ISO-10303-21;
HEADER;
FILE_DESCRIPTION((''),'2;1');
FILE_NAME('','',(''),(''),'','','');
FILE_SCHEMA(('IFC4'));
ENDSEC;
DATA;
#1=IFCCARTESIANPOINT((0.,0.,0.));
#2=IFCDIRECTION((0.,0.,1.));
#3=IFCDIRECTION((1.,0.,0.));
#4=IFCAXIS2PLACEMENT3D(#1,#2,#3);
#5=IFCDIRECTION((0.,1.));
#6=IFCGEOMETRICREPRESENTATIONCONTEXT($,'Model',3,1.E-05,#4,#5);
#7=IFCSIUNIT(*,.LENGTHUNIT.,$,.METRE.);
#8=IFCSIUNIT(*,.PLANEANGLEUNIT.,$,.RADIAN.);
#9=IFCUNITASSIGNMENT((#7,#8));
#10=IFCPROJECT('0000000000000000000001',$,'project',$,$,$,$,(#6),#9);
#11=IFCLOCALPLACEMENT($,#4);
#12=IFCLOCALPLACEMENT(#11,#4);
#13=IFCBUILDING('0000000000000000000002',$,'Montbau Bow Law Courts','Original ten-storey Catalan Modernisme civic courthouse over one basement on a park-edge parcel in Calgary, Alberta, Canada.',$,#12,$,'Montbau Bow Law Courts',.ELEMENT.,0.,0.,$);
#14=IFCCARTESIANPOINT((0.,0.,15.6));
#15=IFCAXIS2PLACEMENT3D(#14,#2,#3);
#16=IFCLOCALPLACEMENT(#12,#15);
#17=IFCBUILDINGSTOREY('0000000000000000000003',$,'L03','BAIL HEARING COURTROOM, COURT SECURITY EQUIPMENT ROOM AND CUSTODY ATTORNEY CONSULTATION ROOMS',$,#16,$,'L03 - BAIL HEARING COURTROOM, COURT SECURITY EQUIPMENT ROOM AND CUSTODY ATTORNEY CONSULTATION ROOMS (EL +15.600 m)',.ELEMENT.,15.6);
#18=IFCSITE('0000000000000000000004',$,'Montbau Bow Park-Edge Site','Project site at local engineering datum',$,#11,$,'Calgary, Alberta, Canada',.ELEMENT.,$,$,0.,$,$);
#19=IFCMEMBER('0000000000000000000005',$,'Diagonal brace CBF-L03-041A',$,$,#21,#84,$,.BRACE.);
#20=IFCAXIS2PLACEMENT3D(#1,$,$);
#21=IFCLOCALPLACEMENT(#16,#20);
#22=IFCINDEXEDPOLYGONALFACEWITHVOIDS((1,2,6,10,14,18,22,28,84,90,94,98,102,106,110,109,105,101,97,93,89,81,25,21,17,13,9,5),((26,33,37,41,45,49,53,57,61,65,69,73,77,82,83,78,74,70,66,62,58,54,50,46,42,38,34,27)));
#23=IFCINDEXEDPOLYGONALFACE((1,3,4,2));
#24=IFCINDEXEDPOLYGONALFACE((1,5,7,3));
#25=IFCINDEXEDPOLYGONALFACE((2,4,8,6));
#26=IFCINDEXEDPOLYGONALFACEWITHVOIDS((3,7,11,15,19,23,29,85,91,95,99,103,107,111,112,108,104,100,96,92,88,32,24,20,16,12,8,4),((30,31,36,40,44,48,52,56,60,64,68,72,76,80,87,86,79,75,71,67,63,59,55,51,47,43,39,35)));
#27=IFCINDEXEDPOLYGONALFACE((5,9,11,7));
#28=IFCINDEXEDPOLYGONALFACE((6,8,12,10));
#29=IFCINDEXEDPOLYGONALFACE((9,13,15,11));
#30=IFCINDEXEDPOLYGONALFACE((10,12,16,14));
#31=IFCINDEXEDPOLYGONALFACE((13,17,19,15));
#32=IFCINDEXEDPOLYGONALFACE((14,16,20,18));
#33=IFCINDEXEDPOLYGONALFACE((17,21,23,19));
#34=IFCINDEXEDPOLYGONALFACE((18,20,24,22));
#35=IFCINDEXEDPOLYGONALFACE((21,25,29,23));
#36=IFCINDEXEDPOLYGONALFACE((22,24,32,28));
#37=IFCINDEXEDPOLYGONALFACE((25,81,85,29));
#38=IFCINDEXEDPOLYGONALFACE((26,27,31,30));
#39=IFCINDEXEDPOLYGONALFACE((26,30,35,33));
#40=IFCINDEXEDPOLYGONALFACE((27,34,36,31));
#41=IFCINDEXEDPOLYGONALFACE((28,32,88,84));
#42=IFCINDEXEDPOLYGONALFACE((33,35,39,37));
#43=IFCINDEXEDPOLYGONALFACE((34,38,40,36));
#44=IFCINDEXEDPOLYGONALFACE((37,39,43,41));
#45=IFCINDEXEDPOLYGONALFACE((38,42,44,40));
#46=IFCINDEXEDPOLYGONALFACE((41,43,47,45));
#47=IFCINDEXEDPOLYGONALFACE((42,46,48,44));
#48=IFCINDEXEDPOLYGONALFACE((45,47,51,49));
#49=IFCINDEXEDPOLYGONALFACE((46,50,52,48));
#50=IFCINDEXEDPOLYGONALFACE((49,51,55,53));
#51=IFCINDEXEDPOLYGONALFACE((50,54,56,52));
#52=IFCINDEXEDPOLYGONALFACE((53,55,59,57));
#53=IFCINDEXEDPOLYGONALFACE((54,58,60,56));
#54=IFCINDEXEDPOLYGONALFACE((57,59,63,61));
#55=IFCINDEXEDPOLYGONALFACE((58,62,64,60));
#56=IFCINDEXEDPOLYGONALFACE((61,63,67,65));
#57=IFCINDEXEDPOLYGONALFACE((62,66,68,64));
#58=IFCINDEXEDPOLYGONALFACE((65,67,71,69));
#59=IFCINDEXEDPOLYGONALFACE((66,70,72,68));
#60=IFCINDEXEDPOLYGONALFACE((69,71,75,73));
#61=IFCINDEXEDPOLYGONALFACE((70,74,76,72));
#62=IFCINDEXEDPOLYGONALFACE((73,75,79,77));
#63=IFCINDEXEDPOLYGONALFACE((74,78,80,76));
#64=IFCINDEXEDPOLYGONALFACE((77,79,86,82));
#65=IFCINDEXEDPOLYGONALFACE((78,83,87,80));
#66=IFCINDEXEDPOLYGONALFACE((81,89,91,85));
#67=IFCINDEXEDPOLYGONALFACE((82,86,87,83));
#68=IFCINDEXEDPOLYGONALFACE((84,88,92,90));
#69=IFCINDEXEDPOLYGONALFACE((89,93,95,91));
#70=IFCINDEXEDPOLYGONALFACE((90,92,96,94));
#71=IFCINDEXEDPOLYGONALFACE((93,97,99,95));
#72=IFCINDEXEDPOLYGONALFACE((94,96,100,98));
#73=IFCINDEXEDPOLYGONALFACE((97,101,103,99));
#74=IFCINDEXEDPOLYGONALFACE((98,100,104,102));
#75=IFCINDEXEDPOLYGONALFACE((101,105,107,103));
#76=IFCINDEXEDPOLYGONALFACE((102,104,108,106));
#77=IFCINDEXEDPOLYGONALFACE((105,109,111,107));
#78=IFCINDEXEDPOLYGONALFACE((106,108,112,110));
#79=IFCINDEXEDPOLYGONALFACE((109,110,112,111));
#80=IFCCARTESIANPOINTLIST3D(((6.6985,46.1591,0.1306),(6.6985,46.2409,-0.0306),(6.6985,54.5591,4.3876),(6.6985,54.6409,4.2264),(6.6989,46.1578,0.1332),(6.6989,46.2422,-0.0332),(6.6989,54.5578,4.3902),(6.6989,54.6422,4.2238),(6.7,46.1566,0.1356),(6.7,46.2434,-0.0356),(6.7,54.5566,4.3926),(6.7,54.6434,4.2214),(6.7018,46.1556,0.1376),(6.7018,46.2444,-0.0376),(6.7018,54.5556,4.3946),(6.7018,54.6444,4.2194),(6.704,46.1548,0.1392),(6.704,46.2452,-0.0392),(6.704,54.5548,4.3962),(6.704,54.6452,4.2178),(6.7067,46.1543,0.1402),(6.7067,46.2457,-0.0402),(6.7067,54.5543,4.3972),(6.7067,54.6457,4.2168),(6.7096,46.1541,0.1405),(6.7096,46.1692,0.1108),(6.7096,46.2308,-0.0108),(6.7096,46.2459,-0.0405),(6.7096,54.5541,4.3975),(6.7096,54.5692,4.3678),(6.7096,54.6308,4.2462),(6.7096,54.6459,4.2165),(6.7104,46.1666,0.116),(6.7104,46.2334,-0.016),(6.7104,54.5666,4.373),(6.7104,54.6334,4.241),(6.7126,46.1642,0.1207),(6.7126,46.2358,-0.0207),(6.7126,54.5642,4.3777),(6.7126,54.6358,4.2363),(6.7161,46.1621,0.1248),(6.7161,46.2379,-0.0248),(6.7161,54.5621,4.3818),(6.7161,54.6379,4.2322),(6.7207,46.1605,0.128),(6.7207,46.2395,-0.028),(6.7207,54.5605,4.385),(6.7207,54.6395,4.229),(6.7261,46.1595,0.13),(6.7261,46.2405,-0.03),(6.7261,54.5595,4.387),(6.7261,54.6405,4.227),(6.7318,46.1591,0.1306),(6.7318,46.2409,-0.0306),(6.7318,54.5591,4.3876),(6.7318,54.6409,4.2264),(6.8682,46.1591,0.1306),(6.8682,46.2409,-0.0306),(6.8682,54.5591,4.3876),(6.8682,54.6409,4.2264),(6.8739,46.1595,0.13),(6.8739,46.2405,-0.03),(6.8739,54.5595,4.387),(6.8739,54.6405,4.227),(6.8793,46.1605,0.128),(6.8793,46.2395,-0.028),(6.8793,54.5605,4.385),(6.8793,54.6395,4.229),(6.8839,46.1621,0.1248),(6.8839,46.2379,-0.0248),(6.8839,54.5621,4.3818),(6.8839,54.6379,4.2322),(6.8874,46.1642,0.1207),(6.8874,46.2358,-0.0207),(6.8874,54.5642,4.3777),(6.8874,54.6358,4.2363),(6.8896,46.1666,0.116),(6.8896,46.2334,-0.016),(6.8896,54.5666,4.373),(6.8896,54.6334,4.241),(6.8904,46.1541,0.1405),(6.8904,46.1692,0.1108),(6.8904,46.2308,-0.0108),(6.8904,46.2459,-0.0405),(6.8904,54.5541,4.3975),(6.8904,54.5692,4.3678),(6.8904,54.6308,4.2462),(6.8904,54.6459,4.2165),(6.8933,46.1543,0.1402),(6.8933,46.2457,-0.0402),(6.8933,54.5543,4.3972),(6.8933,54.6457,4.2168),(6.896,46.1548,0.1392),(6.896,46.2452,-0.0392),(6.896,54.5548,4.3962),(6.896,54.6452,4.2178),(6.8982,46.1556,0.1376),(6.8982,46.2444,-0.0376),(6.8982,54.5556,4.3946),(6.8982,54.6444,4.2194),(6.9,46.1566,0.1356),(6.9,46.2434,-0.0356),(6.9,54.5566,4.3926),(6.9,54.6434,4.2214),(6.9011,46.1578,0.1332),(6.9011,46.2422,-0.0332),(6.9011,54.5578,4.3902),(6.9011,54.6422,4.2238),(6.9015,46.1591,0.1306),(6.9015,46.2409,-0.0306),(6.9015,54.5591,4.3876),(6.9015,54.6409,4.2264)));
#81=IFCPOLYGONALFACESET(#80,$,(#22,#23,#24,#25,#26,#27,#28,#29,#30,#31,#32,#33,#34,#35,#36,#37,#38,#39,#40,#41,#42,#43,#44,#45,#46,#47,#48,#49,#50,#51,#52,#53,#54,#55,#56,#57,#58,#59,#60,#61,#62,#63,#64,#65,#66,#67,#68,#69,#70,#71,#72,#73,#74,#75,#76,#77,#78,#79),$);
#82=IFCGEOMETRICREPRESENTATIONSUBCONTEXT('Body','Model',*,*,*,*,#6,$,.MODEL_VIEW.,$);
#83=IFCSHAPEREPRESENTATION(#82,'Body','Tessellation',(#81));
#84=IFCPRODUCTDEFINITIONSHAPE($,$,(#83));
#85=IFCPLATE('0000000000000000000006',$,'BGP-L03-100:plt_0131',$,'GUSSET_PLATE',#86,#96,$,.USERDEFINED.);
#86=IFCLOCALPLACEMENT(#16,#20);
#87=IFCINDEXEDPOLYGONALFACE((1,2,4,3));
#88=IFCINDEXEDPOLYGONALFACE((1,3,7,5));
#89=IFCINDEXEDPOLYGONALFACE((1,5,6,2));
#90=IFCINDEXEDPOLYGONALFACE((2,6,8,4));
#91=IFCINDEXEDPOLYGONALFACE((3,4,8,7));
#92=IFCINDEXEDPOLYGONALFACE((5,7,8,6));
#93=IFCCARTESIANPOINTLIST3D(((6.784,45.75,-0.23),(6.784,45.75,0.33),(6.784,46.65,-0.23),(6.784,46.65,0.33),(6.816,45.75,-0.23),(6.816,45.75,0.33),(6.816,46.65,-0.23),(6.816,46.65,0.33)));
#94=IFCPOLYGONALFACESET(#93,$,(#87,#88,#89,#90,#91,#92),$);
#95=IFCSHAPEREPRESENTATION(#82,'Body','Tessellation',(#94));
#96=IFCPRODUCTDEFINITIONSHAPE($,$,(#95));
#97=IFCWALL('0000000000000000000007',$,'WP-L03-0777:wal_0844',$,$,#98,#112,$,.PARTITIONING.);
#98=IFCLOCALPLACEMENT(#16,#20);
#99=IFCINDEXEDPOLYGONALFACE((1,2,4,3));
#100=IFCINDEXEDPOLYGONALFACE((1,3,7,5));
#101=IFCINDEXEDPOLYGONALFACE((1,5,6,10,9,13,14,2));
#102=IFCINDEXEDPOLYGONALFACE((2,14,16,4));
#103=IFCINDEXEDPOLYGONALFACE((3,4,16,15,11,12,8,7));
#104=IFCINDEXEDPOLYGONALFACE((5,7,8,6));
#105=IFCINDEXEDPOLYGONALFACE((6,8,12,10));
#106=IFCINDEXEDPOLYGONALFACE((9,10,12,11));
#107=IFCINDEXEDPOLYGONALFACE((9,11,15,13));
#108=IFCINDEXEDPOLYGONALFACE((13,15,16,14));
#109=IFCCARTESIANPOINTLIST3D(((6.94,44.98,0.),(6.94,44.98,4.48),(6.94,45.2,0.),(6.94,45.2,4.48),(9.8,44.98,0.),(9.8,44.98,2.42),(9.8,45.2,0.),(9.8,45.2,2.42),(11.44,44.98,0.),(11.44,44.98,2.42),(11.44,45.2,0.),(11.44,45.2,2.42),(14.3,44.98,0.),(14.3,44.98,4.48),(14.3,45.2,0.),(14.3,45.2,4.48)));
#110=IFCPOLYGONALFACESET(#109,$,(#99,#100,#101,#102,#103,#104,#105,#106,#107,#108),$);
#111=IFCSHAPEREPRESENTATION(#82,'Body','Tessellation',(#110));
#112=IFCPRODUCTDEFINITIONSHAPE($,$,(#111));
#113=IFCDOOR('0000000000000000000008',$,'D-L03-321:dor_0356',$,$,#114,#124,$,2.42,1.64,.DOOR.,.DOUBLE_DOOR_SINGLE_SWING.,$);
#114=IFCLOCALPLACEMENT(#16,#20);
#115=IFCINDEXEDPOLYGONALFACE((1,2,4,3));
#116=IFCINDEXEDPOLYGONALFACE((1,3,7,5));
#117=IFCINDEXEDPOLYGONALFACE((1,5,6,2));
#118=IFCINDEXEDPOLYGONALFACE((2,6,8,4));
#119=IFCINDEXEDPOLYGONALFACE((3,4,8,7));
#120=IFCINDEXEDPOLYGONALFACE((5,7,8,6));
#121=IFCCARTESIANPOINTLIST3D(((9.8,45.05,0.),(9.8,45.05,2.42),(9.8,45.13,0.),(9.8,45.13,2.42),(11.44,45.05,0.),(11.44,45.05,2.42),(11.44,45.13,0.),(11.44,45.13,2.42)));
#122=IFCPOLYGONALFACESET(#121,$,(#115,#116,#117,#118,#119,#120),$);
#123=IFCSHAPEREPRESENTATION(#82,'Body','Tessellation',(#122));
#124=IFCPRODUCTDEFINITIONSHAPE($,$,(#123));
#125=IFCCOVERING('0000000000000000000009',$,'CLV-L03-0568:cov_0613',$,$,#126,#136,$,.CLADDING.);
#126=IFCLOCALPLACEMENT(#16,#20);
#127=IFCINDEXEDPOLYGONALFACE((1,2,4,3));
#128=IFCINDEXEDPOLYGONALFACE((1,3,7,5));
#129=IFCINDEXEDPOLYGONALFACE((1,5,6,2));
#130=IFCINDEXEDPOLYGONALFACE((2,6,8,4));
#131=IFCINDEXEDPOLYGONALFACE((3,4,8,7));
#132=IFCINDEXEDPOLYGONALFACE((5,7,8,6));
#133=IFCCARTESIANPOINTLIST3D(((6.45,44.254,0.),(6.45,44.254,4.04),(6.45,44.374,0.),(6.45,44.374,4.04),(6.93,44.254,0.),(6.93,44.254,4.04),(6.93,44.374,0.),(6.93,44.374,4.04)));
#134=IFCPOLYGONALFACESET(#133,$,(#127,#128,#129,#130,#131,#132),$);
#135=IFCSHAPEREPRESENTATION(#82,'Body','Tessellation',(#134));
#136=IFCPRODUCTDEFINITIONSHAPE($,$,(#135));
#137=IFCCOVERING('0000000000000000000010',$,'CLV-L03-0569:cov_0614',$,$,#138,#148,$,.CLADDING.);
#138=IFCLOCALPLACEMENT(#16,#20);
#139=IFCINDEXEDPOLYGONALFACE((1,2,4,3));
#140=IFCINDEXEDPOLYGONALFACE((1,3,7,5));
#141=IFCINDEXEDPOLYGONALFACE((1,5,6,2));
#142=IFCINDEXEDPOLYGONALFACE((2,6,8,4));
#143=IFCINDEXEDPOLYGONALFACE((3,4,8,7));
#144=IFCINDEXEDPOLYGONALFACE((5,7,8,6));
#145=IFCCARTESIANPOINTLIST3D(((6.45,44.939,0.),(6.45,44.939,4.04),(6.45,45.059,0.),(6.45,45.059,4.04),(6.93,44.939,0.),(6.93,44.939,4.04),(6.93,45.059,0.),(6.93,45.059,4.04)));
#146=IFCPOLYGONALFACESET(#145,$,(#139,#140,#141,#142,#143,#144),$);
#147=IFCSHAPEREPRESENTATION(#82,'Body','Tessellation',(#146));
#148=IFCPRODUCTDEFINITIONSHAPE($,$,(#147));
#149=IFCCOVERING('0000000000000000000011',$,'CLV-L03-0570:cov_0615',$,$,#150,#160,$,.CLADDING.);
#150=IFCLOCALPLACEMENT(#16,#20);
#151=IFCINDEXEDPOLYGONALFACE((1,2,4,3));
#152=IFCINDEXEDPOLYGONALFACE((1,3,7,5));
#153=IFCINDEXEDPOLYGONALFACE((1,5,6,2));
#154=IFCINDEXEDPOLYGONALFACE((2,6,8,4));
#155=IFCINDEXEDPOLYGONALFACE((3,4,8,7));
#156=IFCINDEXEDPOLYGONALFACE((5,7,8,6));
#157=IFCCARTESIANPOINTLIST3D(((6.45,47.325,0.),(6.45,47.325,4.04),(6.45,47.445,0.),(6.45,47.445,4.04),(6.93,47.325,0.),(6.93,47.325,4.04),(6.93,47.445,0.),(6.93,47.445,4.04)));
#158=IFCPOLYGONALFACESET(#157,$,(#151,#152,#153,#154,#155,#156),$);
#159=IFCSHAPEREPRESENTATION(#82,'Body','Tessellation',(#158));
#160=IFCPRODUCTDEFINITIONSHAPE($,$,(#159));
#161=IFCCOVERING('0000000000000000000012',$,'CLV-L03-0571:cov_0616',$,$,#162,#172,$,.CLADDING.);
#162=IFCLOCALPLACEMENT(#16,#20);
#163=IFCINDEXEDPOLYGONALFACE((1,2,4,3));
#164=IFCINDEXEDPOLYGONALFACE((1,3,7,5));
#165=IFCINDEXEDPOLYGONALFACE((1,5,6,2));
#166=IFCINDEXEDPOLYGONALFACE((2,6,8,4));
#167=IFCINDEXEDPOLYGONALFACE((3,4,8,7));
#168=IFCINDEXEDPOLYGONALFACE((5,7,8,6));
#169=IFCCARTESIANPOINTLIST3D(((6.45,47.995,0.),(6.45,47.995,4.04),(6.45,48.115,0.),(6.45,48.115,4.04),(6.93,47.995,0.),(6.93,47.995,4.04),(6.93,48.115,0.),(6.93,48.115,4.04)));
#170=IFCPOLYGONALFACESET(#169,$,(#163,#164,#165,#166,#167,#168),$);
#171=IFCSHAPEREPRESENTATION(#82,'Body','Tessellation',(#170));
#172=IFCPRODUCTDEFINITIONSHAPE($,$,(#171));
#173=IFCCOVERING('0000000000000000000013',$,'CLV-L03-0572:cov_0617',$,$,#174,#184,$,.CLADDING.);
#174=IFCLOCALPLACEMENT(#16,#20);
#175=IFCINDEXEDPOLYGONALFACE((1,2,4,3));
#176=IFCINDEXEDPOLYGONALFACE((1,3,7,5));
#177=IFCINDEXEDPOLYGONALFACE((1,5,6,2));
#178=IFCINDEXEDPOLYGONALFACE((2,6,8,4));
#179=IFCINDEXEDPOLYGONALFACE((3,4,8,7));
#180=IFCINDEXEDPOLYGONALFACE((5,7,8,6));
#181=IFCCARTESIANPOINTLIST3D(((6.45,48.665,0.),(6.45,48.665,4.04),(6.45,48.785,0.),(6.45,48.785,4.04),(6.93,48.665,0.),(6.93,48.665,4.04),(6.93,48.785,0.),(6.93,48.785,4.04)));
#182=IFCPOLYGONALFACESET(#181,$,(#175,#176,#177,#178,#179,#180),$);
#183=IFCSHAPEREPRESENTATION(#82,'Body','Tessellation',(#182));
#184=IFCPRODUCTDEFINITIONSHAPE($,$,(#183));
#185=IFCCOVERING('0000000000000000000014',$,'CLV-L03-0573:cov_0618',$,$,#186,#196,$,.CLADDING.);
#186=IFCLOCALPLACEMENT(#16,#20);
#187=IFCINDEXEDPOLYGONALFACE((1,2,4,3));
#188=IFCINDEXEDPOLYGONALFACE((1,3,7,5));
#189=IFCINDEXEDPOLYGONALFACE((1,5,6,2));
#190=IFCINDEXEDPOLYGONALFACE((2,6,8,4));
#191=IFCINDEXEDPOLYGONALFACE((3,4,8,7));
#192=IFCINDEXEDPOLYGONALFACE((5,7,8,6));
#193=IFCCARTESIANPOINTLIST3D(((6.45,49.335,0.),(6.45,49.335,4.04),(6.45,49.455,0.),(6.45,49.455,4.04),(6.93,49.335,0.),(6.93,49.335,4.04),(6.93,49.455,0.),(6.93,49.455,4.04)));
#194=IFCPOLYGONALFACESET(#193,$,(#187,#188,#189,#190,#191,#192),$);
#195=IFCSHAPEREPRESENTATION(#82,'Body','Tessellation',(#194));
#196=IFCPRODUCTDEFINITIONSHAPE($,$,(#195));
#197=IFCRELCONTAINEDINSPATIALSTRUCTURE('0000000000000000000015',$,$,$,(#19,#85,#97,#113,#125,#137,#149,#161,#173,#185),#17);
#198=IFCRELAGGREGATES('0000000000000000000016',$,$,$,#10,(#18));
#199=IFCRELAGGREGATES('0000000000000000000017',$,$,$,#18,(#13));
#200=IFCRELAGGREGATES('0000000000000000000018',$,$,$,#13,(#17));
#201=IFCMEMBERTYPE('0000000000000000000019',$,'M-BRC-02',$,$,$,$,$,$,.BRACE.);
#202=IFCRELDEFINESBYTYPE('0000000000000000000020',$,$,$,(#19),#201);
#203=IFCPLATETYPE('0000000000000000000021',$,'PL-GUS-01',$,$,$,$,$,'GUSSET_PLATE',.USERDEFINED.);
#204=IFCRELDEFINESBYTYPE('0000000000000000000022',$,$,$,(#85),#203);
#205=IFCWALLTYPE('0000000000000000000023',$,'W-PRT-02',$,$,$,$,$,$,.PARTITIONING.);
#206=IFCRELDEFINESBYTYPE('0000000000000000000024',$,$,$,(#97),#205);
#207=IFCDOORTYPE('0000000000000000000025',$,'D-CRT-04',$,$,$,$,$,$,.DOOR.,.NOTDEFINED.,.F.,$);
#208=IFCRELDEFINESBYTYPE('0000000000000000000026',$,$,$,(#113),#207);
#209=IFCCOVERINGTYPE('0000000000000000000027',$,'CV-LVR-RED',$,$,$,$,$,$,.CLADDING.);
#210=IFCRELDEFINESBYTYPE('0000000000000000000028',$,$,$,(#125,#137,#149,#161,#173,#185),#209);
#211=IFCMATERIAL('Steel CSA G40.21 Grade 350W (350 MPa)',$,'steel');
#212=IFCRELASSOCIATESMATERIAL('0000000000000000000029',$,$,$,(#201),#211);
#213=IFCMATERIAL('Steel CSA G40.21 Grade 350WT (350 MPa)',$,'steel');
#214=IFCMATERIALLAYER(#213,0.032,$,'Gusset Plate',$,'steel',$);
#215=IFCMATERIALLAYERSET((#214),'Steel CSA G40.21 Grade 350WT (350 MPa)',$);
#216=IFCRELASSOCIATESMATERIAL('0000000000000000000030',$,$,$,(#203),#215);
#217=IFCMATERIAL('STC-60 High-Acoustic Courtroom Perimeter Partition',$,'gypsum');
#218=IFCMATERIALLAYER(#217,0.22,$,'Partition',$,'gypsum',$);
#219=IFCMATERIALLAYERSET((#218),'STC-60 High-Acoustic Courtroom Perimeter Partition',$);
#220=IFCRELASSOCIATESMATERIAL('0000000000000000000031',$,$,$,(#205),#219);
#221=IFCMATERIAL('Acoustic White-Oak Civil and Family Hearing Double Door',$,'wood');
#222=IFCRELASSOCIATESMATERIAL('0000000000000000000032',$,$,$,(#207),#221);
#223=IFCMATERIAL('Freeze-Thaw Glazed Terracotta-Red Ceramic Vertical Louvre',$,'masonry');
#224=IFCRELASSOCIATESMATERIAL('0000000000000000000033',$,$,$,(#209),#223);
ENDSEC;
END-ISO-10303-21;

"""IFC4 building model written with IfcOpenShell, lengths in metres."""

from ifc_helpers import new_model, si_unit, direction, frame, frame_2d, origin_with_axes, origin_2d_with_axis, place, context, subcontext, project, spatial, rectangle, hollow_rectangle, extrude, material, layer, layer_set, material_profile, profile_set, type_object, element, fill, save


model = new_model("IFC4")

# Units and contexts
model_context = context("Model", 3, precision=1e-05, world=origin_with_axes(), true_north=direction((0.0, 1.0)))
body_context = subcontext(model_context, "Body", "Model", "MODEL_VIEW")
ifc_project = project(units=[si_unit("LENGTHUNIT", "METRE"), si_unit("PLANEANGLEUNIT", "RADIAN")], contexts=[model_context])

# Site, building, storey
site_placement = place(None, origin_with_axes())
site = spatial("IfcSite", under=ifc_project, at=site_placement, Name="Montbau Bow Park-Edge Site", Description="Project site at local engineering datum", LongName="Calgary, Alberta, Canada", CompositionType="ELEMENT", RefElevation=0.0)
building_placement = place(site_placement, origin_with_axes())
building = spatial("IfcBuilding", under=site, at=building_placement, Name="Montbau Bow Law Courts", Description="Original ten-storey Catalan Modernisme civic courthouse over one basement on a park-edge parcel in Calgary, Alberta, Canada.", LongName="Montbau Bow Law Courts", CompositionType="ELEMENT", ElevationOfRefHeight=0.0, ElevationOfTerrain=0.0)
storey_placement = place(building_placement, frame((0.0, 0.0, 15.6), z_axis=(0.0, 0.0, 1.0), x_axis=(1.0, 0.0, 0.0)))
storey = spatial("IfcBuildingStorey", under=building, at=storey_placement, Name="L03", Description="BAIL HEARING COURTROOM, COURT SECURITY EQUIPMENT ROOM AND CUSTODY ATTORNEY CONSULTATION ROOMS", LongName="L03 - BAIL HEARING COURTROOM, COURT SECURITY EQUIPMENT ROOM AND CUSTODY ATTORNEY CONSULTATION ROOMS (EL +15.600 m)", CompositionType="ELEMENT", Elevation=15.6)

# Shared definitions
ifc_material_1 = material(Name="Steel CSA G40.21 Grade 350W (350 MPa)", Category="steel")
ifc_material_2 = material(Name="Steel CSA G40.21 Grade 350WT (350 MPa)", Category="steel")

# Member
ifc_material_profile_1 = material_profile(ifc_material_1, hollow_rectangle(XDim=0.203, YDim=0.203, WallThickness=0.0111, InnerFilletRadius=0.0222, OuterFilletRadius=0.0111, at=origin_2d_with_axis()), Name="HSS203X203X11", Category="Main", Priority=0)
ifc_profile_set_1 = profile_set([ifc_material_profile_1], Name="Steel CSA G40.21 Grade 350W (350 MPa)")
member_type = type_object("IfcMemberType", Name="M-BRC-02", PredefinedType="BRACE", material=ifc_profile_set_1)
member_placement = place(None, frame((6.8, 46.2, 15.65), z_axis=(0.0, 0.891993, 0.452049), x_axis=(-1.0, 0.0, 0.0)))
element("IfcMember", 1, at=member_placement, inside=storey, type_object=member_type, Name="Diagonal brace CBF-L03-041A", PredefinedType="BRACE", context=body_context, shape_type="SweptSolid", body=[
    extrude(hollow_rectangle(XDim=0.203, YDim=0.203, WallThickness=0.0111, InnerFilletRadius=0.0222, OuterFilletRadius=0.0111, at=origin_2d_with_axis()), origin_with_axes(), (0.0, 0.0, 1.0), 9.4171),
])

# Plate
ifc_layer_1 = layer(ifc_material_2, 0.032, Name="Gusset Plate", Category="steel")
ifc_layer_set_1 = layer_set([ifc_layer_1], Name="Steel CSA G40.21 Grade 350WT (350 MPa)")
plate_type = type_object("IfcPlateType", Name="PL-GUS-01", ElementType="GUSSET_PLATE", PredefinedType="USERDEFINED", material=ifc_layer_set_1)
plate_placement = place(None, frame((6.8, 46.2, 15.37), z_axis=(0.0, 0.0, 1.0), x_axis=(0.0, 1.0, 0.0)))
element("IfcPlate", 2, at=plate_placement, inside=storey, type_object=plate_type, Name="BGP-L03-100:plt_0131", ObjectType="GUSSET_PLATE", PredefinedType="USERDEFINED", context=body_context, shape_type="SweptSolid", body=[
    extrude(rectangle(XDim=0.9, YDim=0.032, at=origin_2d_with_axis()), origin_with_axes(), (0.0, 0.0, 1.0), 0.56),
])

# Wall, opening, door
ifc_material_3 = material(Name="STC-60 High-Acoustic Courtroom Perimeter Partition", Category="gypsum")
ifc_layer_2 = layer(ifc_material_3, 0.22, Name="Partition", Category="gypsum")
ifc_layer_set_2 = layer_set([ifc_layer_2], Name="STC-60 High-Acoustic Courtroom Perimeter Partition")
wall_type = type_object("IfcWallType", Name="W-PRT-02", PredefinedType="PARTITIONING", material=ifc_layer_set_2)
wall_placement = place(None, frame((6.94, 45.09, 15.6), z_axis=(0.0, 0.0, 1.0), x_axis=(1.0, 0.0, 0.0)))
wall = element("IfcWall", 3, at=wall_placement, inside=storey, type_object=wall_type, Name="WP-L03-0777:wal_0844", PredefinedType="PARTITIONING", context=body_context, shape_type="SweptSolid", body=[
    extrude(rectangle(XDim=7.36, YDim=0.22, at=frame_2d((3.68, 0.0), x_axis=(1.0, 0.0))), origin_with_axes(), (0.0, 0.0, 1.0), 4.48),
])
opening_placement = place(None, frame((10.62, 45.09, 15.6), z_axis=(0.0, 0.0, 1.0), x_axis=(1.0, 0.0, 0.0)))
opening = element("IfcOpeningElement", 4, at=opening_placement, cuts=wall, PredefinedType="OPENING", context=body_context, shape_type="SweptSolid", body=[
    extrude(rectangle(XDim=1.64, YDim=2.42, at=frame_2d((0.0, 1.21), x_axis=(1.0, 0.0))), frame((0.0, 0.12, 0.0), z_axis=(0.0, -1.0, 0.0), x_axis=(1.0, 0.0, 0.0)), (0.0, 0.0, 1.0), 0.24),
])
ifc_material_4 = material(Name="Acoustic White-Oak Civil and Family Hearing Double Door", Category="wood")
door_type = type_object("IfcDoorType", Name="D-CRT-04", OperationType="NOTDEFINED", ParameterTakesPrecedence=False, PredefinedType="DOOR", material=ifc_material_4)
door_placement = place(None, frame((10.62, 45.09, 15.6), z_axis=(0.0, 0.0, 1.0), x_axis=(-1.0, 0.0, 0.0)))
door = element("IfcDoor", 5, at=door_placement, inside=storey, type_object=door_type, Name="D-L03-321:dor_0356", OperationType="DOUBLE_DOOR_SINGLE_SWING", OverallHeight=2.42, OverallWidth=1.64, PredefinedType="DOOR", context=body_context, shape_type="SweptSolid", body=[
    extrude(rectangle(XDim=1.64, YDim=2.42, at=frame_2d((0.0, 1.21), x_axis=(1.0, 0.0))), frame((0.0, 0.04, 0.0), z_axis=(0.0, -1.0, 0.0), x_axis=(1.0, 0.0, 0.0)), (0.0, 0.0, 1.0), 0.08),
])
fill(opening, door)

# Coverings
ifc_material_5 = material(Name="Freeze-Thaw Glazed Terracotta-Red Ceramic Vertical Louvre", Category="masonry")
covering_type = type_object("IfcCoveringType", Name="CV-LVR-RED", PredefinedType="CLADDING", material=ifc_material_5)
for number, where, z_axis, x_axis, name in (
    (6, (6.93, 44.314, 15.6), (0.0, 1.0, 0.0), (-1.0, 0.0, 0.0), "CLV-L03-0568:cov_0613"),
    (7, (6.93, 44.999, 15.6), (0.0, 1.0, 0.0), (-1.0, 0.0, 0.0), "CLV-L03-0569:cov_0614"),
    (8, (6.93, 47.385, 15.6), (0.0, 1.0, 0.0), (-1.0, 0.0, 0.0), "CLV-L03-0570:cov_0615"),
    (9, (6.93, 48.055, 15.6), (0.0, 1.0, 0.0), (-1.0, 0.0, 0.0), "CLV-L03-0571:cov_0616"),
    (10, (6.93, 48.725, 15.6), (0.0, 1.0, 0.0), (-1.0, 0.0, 0.0), "CLV-L03-0572:cov_0617"),
    (11, (6.93, 49.395, 15.6), (0.0, 1.0, 0.0), (-1.0, 0.0, 0.0), "CLV-L03-0573:cov_0618"),
):
    element("IfcCovering", number, at=place(None, frame(where, z_axis=z_axis, x_axis=x_axis)), inside=storey, type_object=covering_type, Name=name, PredefinedType="CLADDING", context=body_context, shape_type="SweptSolid", body=[
        extrude(rectangle(XDim=0.48, YDim=4.04, at=frame_2d((0.24, 2.02), x_axis=(1.0, 0.0))), frame((0.0, 0.0, -0.06), z_axis=(0.0, 0.0, 1.0), x_axis=(1.0, 0.0, 0.0)), (0.0, 0.0, 1.0), 0.12),
    ])

save(model, "model.ifc")
